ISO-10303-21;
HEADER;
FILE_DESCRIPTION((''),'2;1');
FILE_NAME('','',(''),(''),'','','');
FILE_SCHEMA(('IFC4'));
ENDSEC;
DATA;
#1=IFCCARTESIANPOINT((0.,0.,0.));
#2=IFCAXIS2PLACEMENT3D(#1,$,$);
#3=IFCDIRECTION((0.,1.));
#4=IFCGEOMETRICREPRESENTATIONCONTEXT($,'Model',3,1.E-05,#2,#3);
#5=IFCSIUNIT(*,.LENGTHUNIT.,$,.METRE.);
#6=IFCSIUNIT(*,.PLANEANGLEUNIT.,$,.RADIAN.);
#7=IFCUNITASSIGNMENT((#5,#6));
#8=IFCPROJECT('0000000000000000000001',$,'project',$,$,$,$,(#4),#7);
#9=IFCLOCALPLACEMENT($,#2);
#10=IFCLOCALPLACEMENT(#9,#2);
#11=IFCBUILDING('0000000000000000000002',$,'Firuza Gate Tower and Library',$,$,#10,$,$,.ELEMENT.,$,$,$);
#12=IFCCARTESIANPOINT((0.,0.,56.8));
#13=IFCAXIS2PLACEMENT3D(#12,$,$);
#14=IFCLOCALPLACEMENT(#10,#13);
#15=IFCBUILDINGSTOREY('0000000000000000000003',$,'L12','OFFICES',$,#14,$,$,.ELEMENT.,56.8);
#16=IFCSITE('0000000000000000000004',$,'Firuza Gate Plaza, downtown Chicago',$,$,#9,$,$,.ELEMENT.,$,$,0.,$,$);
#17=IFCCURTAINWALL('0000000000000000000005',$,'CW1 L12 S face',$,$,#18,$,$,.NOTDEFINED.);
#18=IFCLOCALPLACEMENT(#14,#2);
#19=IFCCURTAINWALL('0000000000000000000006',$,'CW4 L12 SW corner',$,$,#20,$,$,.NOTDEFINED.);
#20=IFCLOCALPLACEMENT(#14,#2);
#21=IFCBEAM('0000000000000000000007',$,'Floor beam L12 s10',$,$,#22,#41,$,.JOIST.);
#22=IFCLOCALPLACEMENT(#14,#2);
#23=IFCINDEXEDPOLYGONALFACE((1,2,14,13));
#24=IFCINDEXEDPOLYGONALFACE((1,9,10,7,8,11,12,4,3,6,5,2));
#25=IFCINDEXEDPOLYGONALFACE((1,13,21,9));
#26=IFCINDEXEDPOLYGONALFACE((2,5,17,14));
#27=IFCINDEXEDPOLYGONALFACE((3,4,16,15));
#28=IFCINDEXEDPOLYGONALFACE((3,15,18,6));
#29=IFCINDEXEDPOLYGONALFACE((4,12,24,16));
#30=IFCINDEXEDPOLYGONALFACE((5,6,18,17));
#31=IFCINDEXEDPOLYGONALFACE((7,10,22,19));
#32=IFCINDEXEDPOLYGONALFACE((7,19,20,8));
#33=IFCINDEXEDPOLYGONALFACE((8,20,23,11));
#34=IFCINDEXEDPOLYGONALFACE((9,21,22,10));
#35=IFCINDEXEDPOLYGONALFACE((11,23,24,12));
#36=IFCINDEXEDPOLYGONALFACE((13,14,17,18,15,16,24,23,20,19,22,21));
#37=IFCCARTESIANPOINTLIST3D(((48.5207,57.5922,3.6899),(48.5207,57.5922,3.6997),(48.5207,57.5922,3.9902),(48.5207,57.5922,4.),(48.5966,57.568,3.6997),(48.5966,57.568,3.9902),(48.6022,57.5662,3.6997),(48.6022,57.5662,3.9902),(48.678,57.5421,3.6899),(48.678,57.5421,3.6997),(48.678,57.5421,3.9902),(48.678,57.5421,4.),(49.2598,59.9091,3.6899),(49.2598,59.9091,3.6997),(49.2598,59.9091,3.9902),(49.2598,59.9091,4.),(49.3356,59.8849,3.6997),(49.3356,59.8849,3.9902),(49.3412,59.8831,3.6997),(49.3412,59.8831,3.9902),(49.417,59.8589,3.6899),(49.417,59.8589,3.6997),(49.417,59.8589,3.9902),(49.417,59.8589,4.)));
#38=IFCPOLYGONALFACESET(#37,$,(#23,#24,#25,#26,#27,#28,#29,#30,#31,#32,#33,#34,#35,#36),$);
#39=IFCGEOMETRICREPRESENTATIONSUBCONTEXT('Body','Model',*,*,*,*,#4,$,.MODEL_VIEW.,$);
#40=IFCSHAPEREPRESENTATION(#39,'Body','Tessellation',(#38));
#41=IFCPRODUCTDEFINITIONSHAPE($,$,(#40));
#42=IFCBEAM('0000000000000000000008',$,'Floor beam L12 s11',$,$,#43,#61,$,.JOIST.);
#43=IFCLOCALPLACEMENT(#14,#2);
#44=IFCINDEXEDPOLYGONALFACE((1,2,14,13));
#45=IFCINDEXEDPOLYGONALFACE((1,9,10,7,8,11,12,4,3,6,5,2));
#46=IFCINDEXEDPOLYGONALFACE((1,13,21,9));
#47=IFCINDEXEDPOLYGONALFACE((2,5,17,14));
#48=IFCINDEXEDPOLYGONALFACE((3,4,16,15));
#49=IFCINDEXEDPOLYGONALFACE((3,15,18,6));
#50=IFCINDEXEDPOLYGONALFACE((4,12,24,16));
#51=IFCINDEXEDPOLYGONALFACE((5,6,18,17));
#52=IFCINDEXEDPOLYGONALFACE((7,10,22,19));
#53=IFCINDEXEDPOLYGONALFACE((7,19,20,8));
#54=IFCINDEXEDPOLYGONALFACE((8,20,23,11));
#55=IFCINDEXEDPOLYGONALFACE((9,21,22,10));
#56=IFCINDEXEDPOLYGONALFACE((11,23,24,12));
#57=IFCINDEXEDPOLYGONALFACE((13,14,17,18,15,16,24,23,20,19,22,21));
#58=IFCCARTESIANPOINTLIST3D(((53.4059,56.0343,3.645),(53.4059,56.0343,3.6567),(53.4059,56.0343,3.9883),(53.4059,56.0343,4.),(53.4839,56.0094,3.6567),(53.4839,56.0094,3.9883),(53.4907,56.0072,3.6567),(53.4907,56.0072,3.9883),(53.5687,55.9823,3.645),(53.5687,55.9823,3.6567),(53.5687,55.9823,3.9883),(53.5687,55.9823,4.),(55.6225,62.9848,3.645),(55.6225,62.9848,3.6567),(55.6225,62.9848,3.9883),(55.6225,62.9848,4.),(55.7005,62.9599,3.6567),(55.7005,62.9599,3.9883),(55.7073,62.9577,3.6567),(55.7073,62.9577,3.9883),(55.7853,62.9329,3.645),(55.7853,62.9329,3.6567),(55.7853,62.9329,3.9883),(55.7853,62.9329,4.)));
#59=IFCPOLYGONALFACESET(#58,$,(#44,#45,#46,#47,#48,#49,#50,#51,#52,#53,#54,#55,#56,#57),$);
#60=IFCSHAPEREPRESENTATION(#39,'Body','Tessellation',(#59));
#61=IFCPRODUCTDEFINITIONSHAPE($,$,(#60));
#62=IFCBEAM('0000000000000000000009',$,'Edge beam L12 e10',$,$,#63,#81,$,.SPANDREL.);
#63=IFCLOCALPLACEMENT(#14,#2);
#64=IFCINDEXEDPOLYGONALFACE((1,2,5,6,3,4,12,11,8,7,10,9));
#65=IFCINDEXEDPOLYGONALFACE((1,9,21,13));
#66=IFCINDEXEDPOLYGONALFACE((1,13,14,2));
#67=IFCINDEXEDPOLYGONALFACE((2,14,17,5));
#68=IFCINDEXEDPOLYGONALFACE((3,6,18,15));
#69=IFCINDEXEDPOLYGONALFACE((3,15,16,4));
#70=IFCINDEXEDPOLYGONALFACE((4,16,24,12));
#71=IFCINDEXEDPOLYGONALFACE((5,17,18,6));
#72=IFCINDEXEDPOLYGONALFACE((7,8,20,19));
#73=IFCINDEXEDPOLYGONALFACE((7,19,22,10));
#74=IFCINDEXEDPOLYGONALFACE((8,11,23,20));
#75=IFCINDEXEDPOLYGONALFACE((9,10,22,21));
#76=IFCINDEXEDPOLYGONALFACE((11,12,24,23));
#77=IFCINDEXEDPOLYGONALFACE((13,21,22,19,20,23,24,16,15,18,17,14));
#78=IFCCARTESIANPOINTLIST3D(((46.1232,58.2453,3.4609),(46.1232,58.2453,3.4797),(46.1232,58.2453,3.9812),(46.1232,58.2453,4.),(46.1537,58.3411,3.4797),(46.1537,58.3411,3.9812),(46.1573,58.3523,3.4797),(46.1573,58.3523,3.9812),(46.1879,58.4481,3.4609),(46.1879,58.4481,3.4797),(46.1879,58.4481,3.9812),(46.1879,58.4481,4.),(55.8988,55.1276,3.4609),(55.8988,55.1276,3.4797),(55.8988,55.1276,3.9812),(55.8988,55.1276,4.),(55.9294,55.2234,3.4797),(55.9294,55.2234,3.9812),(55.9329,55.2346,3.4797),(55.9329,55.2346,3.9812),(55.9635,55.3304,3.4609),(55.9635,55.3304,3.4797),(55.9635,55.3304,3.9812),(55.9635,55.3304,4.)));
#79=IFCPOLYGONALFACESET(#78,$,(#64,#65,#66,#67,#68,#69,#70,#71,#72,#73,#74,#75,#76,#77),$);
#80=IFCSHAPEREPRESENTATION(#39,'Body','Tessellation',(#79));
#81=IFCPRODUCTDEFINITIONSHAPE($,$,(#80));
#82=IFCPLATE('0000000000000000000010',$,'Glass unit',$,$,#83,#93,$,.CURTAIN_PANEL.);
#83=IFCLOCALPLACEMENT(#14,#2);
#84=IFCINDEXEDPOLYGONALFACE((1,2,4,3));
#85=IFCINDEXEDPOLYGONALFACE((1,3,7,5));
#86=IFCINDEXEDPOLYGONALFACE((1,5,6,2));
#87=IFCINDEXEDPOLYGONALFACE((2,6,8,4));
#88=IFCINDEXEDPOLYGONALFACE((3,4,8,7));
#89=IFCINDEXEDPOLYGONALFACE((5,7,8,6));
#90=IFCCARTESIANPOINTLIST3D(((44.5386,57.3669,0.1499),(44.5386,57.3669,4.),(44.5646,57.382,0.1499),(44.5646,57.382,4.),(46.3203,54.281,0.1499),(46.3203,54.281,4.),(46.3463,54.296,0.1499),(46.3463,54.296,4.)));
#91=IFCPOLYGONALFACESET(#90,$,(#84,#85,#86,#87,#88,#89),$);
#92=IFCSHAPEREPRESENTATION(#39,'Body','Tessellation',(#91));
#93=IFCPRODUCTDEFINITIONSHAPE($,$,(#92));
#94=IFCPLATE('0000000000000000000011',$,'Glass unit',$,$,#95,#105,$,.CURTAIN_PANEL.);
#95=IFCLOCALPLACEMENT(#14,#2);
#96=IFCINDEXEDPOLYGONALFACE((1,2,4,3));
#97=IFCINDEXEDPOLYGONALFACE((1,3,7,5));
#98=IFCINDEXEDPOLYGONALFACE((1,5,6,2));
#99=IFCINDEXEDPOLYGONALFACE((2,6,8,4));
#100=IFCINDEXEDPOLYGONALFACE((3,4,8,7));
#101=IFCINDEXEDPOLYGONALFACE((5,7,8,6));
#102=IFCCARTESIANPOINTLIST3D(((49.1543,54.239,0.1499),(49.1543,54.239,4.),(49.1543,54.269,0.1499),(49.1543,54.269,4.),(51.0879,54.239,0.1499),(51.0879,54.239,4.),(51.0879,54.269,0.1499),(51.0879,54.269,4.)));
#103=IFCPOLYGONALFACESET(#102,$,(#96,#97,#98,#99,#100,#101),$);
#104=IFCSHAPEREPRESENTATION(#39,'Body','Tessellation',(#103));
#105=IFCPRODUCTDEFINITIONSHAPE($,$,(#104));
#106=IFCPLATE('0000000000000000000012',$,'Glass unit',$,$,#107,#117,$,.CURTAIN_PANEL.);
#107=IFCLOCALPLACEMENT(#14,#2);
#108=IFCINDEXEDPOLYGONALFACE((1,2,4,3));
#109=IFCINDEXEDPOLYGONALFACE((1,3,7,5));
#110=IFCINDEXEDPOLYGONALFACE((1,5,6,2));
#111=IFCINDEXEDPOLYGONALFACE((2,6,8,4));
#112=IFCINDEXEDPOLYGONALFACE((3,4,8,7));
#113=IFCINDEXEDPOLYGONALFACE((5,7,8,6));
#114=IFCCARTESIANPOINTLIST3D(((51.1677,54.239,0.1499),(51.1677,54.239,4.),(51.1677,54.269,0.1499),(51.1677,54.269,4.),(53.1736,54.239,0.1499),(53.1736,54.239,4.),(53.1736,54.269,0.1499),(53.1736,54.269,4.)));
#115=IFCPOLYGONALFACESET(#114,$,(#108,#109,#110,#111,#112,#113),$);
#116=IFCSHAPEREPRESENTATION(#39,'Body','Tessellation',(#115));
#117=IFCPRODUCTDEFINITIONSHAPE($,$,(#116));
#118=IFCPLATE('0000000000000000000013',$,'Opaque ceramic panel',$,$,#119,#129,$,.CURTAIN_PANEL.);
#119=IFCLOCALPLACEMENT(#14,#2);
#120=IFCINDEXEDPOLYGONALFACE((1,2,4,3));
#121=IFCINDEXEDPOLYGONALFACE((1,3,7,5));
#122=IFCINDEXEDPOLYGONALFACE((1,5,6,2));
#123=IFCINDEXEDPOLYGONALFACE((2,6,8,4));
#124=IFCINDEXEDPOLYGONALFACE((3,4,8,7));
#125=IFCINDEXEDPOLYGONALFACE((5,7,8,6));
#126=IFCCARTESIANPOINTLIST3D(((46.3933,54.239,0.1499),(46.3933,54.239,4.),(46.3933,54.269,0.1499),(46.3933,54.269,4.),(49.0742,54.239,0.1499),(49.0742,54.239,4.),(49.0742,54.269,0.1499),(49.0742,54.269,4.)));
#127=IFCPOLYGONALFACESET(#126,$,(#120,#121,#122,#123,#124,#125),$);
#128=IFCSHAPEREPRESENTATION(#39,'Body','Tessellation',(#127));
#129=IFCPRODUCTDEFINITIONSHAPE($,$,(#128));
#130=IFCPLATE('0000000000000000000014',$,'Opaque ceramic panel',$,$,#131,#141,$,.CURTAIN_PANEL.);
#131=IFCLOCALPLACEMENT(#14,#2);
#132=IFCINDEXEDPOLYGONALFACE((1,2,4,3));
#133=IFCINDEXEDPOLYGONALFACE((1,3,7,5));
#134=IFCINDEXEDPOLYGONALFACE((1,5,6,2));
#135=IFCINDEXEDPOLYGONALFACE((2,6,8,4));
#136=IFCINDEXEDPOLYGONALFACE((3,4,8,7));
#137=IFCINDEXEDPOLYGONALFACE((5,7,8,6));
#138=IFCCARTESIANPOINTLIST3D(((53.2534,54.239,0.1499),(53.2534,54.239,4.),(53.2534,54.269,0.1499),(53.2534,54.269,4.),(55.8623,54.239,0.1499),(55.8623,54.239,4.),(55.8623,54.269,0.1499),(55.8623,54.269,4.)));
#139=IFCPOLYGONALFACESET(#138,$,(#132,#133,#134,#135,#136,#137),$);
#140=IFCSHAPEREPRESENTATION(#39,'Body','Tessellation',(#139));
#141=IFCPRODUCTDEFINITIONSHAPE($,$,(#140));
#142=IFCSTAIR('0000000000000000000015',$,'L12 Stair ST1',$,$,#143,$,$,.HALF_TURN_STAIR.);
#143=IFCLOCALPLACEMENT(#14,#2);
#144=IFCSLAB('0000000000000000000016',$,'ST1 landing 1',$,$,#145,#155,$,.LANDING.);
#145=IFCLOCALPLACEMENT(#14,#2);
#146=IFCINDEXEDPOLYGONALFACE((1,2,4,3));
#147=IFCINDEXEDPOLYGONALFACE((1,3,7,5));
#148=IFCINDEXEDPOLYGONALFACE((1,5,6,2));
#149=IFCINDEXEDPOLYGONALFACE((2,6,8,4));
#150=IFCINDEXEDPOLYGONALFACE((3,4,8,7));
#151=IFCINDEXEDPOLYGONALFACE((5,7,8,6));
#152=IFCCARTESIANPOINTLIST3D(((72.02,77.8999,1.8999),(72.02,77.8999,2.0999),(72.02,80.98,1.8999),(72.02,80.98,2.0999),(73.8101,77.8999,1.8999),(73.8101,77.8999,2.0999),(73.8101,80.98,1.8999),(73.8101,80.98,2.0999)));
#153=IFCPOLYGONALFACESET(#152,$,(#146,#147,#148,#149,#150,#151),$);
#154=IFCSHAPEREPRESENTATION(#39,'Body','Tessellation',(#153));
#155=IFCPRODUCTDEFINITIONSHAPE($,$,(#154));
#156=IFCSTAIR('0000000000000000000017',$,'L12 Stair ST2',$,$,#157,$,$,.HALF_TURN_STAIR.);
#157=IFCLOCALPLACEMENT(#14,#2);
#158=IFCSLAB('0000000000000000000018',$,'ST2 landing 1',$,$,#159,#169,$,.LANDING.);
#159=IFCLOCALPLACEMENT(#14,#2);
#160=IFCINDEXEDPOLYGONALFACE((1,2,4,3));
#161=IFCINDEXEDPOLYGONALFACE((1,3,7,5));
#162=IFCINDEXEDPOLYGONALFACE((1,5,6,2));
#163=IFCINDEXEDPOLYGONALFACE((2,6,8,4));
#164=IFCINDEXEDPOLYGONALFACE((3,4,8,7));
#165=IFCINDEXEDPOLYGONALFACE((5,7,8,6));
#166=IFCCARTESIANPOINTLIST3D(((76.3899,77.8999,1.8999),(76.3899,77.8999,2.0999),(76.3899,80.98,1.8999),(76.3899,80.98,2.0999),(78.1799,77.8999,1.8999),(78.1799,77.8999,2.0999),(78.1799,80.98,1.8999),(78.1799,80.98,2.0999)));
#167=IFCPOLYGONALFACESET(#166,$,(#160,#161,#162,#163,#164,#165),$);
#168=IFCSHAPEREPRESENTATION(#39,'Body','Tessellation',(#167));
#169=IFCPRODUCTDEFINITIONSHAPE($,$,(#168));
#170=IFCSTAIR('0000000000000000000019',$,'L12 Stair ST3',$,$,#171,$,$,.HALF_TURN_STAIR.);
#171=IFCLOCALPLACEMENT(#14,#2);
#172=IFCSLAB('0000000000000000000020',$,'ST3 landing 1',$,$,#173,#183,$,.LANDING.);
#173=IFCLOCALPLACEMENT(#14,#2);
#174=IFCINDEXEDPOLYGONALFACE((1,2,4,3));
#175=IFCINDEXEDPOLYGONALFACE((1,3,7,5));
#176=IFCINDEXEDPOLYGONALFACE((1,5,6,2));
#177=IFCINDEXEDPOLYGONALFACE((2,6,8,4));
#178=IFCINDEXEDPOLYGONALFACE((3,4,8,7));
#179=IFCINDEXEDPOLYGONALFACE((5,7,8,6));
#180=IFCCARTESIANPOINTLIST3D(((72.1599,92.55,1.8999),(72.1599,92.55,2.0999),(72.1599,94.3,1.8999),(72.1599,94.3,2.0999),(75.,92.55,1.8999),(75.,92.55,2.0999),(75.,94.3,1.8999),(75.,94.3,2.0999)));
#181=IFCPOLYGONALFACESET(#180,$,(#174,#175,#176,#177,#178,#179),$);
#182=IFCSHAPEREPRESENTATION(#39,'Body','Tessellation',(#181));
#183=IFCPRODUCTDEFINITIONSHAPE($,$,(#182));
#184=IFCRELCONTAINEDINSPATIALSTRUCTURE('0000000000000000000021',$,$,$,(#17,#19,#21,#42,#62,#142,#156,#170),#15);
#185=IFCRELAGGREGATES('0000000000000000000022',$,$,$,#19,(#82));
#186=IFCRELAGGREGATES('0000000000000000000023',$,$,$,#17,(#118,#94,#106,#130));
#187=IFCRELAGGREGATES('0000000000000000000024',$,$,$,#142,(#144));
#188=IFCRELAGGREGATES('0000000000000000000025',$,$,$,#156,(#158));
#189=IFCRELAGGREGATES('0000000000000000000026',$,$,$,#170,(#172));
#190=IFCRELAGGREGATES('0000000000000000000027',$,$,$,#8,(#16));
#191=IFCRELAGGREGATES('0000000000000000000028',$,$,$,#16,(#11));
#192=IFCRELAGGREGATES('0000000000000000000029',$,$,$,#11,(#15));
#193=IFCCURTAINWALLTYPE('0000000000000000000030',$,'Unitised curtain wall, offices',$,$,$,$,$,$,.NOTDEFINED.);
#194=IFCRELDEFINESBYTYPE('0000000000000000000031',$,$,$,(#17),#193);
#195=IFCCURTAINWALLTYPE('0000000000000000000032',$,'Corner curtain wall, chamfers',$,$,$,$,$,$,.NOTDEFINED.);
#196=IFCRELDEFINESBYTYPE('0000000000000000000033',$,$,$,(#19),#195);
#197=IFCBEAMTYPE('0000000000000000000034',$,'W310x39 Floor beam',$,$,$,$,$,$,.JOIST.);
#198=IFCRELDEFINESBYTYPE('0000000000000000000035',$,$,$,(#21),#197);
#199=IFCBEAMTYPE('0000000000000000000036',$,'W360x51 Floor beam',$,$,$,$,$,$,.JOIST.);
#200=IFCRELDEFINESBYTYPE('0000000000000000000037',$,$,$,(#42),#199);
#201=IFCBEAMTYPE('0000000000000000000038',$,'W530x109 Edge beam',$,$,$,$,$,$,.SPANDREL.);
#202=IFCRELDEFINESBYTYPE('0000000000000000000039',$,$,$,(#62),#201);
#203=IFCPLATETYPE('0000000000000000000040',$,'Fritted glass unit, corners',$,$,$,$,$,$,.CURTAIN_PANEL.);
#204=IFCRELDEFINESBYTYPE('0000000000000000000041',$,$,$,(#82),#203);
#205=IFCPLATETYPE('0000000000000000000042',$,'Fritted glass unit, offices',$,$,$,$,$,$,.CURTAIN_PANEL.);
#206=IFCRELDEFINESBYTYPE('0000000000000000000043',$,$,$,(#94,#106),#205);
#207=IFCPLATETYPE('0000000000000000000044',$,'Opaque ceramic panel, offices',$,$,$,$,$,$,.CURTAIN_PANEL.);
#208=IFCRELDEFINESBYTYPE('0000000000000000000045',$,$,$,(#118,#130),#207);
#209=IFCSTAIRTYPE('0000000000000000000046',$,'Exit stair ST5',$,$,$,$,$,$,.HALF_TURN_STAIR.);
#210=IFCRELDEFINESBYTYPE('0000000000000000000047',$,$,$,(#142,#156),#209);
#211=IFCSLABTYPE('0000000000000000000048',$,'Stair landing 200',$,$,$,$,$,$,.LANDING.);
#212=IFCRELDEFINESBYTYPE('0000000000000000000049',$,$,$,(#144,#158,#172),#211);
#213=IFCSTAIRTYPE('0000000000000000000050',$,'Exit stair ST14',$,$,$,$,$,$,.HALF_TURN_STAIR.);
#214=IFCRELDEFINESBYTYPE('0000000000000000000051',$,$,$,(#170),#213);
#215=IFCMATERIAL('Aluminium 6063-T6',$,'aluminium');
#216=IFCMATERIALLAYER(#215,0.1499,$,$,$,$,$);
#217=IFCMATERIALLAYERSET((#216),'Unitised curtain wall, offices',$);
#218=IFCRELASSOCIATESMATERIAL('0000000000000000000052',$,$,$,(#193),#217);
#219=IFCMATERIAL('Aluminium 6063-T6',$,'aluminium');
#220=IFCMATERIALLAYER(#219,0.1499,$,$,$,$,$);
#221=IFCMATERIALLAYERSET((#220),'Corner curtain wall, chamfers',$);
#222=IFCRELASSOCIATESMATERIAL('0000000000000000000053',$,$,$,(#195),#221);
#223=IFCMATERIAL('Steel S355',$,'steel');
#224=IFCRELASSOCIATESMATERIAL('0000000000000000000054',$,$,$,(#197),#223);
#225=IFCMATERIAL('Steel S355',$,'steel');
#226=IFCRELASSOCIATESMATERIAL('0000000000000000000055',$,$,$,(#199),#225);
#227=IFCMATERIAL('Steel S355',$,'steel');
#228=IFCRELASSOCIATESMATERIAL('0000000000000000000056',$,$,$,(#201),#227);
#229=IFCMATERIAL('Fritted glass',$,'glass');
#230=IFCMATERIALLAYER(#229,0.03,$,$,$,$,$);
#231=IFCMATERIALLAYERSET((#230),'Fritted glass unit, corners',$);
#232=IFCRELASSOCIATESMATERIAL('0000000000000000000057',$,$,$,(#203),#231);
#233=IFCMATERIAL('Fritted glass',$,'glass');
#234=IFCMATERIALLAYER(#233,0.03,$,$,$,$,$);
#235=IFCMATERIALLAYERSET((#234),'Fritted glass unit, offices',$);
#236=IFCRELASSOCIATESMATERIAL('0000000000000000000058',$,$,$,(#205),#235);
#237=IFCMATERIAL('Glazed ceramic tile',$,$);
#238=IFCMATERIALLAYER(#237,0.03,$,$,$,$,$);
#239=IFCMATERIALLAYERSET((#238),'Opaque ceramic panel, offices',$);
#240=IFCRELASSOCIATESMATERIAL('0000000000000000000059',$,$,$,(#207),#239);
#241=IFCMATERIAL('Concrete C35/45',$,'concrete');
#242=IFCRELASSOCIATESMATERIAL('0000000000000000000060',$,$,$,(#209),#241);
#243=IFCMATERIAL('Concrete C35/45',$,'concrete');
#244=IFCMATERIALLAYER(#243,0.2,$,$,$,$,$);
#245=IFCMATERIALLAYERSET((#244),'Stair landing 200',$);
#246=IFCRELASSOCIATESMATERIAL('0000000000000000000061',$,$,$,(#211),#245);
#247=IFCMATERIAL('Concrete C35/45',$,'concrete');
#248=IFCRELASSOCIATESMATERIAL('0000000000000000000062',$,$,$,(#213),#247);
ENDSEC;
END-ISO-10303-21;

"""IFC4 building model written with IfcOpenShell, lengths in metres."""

from ifc_helpers import new_model, si_unit, direction, frame, origin, origin_2d, place, context, subcontext, project, spatial, polyline, i_section, outline, extrude, material, layer, layer_set, material_profile, profile_set, type_object, element, aggregate, save


model = new_model("IFC4")

# Units and contexts
model_context = context("Model", 3, precision=1e-05, world=origin(), true_north=direction((0.0, 1.0)))
body_context = subcontext(model_context, "Body", "Model", "MODEL_VIEW")
ifc_project = project(units=[si_unit("LENGTHUNIT", "METRE"), si_unit("PLANEANGLEUNIT", "RADIAN")], contexts=[model_context])

# Site, building, storey
site_placement = place(None, origin())
site = spatial("IfcSite", under=ifc_project, at=site_placement, Name="Firuza Gate Plaza, downtown Chicago", CompositionType="ELEMENT", RefElevation=0.0)
building_placement = place(site_placement, origin())
building = spatial("IfcBuilding", under=site, at=building_placement, Name="Firuza Gate Tower and Library", CompositionType="ELEMENT")
storey_placement = place(building_placement, frame((0.0, 0.0, 56.8)))
storey = spatial("IfcBuildingStorey", under=building, at=storey_placement, Name="L12", Description="OFFICES", CompositionType="ELEMENT", Elevation=56.8)

# Curtain walls
ifc_material_1 = material(Name="Aluminium 6063-T6", Category="aluminium")
ifc_layer_1 = layer(ifc_material_1, 0.1499)
ifc_layer_set_1 = layer_set([ifc_layer_1], Name="Unitised curtain wall, offices")
curtain_wall_type_1 = type_object("IfcCurtainWallType", Name="Unitised curtain wall, offices", PredefinedType="NOTDEFINED", material=ifc_layer_set_1)
placement_1 = place(storey_placement, origin())
curtain_wall_1 = element("IfcCurtainWall", 1, at=placement_1, inside=storey, type_object=curtain_wall_type_1, Name="CW1 L12 S face", PredefinedType="NOTDEFINED")
ifc_material_2 = material(Name="Aluminium 6063-T6", Category="aluminium")
ifc_layer_2 = layer(ifc_material_2, 0.1499)
ifc_layer_set_2 = layer_set([ifc_layer_2], Name="Corner curtain wall, chamfers")
curtain_wall_type_2 = type_object("IfcCurtainWallType", Name="Corner curtain wall, chamfers", PredefinedType="NOTDEFINED", material=ifc_layer_set_2)
curtain_wall_2 = element("IfcCurtainWall", 2, at=placement_1, inside=storey, type_object=curtain_wall_type_2, Name="CW4 L12 SW corner", PredefinedType="NOTDEFINED")

# Beams
ifc_material_3 = material(Name="Steel S355", Category="steel")
ifc_material_profile_1 = material_profile(ifc_material_3, i_section(OverallWidth=0.165, OverallDepth=0.3101, WebThickness=0.0059, FlangeThickness=0.0098, at=origin_2d()))
ifc_profile_set_1 = profile_set([ifc_material_profile_1], Name="Steel S355")
beam_type_1 = type_object("IfcBeamType", Name="W310x39 Floor beam", PredefinedType="JOIST", material=ifc_profile_set_1)
beam_1_placement = place(storey_placement, frame((48.5994, 57.5671, 3.845), z_axis=(0.303883, 0.952709, 0.0), x_axis=(-0.952709, 0.303883, 0.0)))
element("IfcBeam", 3, at=beam_1_placement, inside=storey, type_object=beam_type_1, Name="Floor beam L12 s10", PredefinedType="JOIST", context=body_context, shape_type="SweptSolid", body=[
    extrude(i_section(OverallWidth=0.165, OverallDepth=0.3101, WebThickness=0.0059, FlangeThickness=0.0098, at=origin_2d()), origin(), (0.0, 0.0, 1.0), 2.4319),
])
ifc_material_4 = material(Name="Steel S355", Category="steel")
ifc_material_profile_2 = material_profile(ifc_material_4, i_section(OverallWidth=0.1709, OverallDepth=0.355, WebThickness=0.0071, FlangeThickness=0.0117, at=origin_2d()))
ifc_profile_set_2 = profile_set([ifc_material_profile_2], Name="Steel S355")
beam_type_2 = type_object("IfcBeamType", Name="W360x51 Floor beam", PredefinedType="JOIST", material=ifc_profile_set_2)
beam_2_placement = place(storey_placement, frame((53.4873, 56.0083, 3.8225), z_axis=(0.303832, 0.952726, 0.0), x_axis=(-0.952726, 0.303832, 0.0)))
element("IfcBeam", 4, at=beam_2_placement, inside=storey, type_object=beam_type_2, Name="Floor beam L12 s11", PredefinedType="JOIST", context=body_context, shape_type="SweptSolid", body=[
    extrude(i_section(OverallWidth=0.1709, OverallDepth=0.355, WebThickness=0.0071, FlangeThickness=0.0117, at=origin_2d()), origin(), (0.0, 0.0, 1.0), 7.2954),
])
ifc_material_5 = material(Name="Steel S355", Category="steel")
ifc_material_profile_3 = material_profile(ifc_material_5, i_section(OverallWidth=0.2129, OverallDepth=0.5391, WebThickness=0.0117, FlangeThickness=0.0188, at=origin_2d()))
ifc_profile_set_3 = profile_set([ifc_material_profile_3], Name="Steel S355")
beam_type_3 = type_object("IfcBeamType", Name="W530x109 Edge beam", PredefinedType="SPANDREL", material=ifc_profile_set_3)
beam_3_placement = place(storey_placement, frame((46.1555, 58.3467, 3.7305), z_axis=(0.952722, -0.303845, 0.0), x_axis=(0.303845, 0.952722, 0.0)))
element("IfcBeam", 5, at=beam_3_placement, inside=storey, type_object=beam_type_3, Name="Edge beam L12 e10", PredefinedType="SPANDREL", context=body_context, shape_type="SweptSolid", body=[
    extrude(i_section(OverallWidth=0.2129, OverallDepth=0.5391, WebThickness=0.0117, FlangeThickness=0.0188, at=origin_2d()), origin(), (0.0, 0.0, 1.0), 10.2607),
])

# Plates
ifc_material_6 = material(Name="Fritted glass", Category="glass")
ifc_layer_3 = layer(ifc_material_6, 0.03)
ifc_layer_set_3 = layer_set([ifc_layer_3], Name="Fritted glass unit, corners")
plate_type_1 = type_object("IfcPlateType", Name="Fritted glass unit, corners", PredefinedType="CURTAIN_PANEL", material=ifc_layer_set_3)
plate_1_placement = place(storey_placement, frame((44.5386, 57.3669, 0.1499), z_axis=(-0.866017, -0.500015, 0.0), x_axis=(0.500015, -0.866017, 0.0)))
plate_1 = element("IfcPlate", 6, at=plate_1_placement, type_object=plate_type_1, Name="Glass unit", PredefinedType="CURTAIN_PANEL", context=body_context, shape_type="SweptSolid", body=[
    extrude(outline(polyline([(0.0, 0.0), (3.5634, 0.0), (3.5634, 3.8501), (0.0, 3.8501), (0.0, 0.0)])), origin(), (0.0, 0.0, -1.0), 0.03),
])
aggregate(curtain_wall_2, [plate_1])
ifc_material_7 = material(Name="Fritted glass", Category="glass")
ifc_layer_4 = layer(ifc_material_7, 0.03)
ifc_layer_set_4 = layer_set([ifc_layer_4], Name="Fritted glass unit, offices")
plate_type_2 = type_object("IfcPlateType", Name="Fritted glass unit, offices", PredefinedType="CURTAIN_PANEL", material=ifc_layer_set_4)
plate_2_placement = place(storey_placement, frame((49.1543, 54.239, 0.1499), z_axis=(0.0, -1.0, 0.0), x_axis=(1.0, 0.0, 0.0)))
plate_2 = element("IfcPlate", 7, at=plate_2_placement, type_object=plate_type_2, Name="Glass unit", PredefinedType="CURTAIN_PANEL", context=body_context, shape_type="SweptSolid", body=[
    extrude(outline(polyline([(0.0, 0.0), (1.9336, 0.0), (1.9336, 3.8501), (0.0, 3.8501), (0.0, 0.0)])), origin(), (0.0, 0.0, -1.0), 0.03),
])
plate_3_placement = place(storey_placement, frame((51.1677, 54.239, 0.1499), z_axis=(0.0, -1.0, 0.0), x_axis=(1.0, 0.0, 0.0)))
plate_3 = element("IfcPlate", 8, at=plate_3_placement, type_object=plate_type_2, Name="Glass unit", PredefinedType="CURTAIN_PANEL", context=body_context, shape_type="SweptSolid", body=[
    extrude(outline(polyline([(0.0, 0.0), (2.0059, 0.0), (2.0059, 3.8501), (0.0, 3.8501), (0.0, 0.0)])), origin(), (0.0, 0.0, -1.0), 0.03),
])
ifc_material_8 = material(Name="Glazed ceramic tile")
ifc_layer_5 = layer(ifc_material_8, 0.03)
ifc_layer_set_5 = layer_set([ifc_layer_5], Name="Opaque ceramic panel, offices")
plate_type_3 = type_object("IfcPlateType", Name="Opaque ceramic panel, offices", PredefinedType="CURTAIN_PANEL", material=ifc_layer_set_5)
plate_4_placement = place(storey_placement, frame((46.3933, 54.239, 0.1499), z_axis=(0.0, -1.0, 0.0), x_axis=(1.0, 0.0, 0.0)))
plate_4 = element("IfcPlate", 9, at=plate_4_placement, type_object=plate_type_3, Name="Opaque ceramic panel", PredefinedType="CURTAIN_PANEL", context=body_context, shape_type="SweptSolid", body=[
    extrude(outline(polyline([(0.0, 0.0), (2.6809, 0.0), (2.6809, 3.8501), (0.0, 3.8501), (0.0, 0.0)])), origin(), (0.0, 0.0, -1.0), 0.03),
])
plate_5_placement = place(storey_placement, frame((53.2534, 54.239, 0.1499), z_axis=(0.0, -1.0, 0.0), x_axis=(1.0, 0.0, 0.0)))
plate_5 = element("IfcPlate", 10, at=plate_5_placement, type_object=plate_type_3, Name="Opaque ceramic panel", PredefinedType="CURTAIN_PANEL", context=body_context, shape_type="SweptSolid", body=[
    extrude(outline(polyline([(0.0, 0.0), (2.6089, 0.0), (2.6089, 3.8501), (0.0, 3.8501), (0.0, 0.0)])), origin(), (0.0, 0.0, -1.0), 0.03),
])
aggregate(curtain_wall_1, [plate_4, plate_2, plate_3, plate_5])

# Stairs, slabs
ifc_material_9 = material(Name="Concrete C35/45", Category="concrete")
stair_type_1 = type_object("IfcStairType", Name="Exit stair ST5", PredefinedType="HALF_TURN_STAIR", material=ifc_material_9)
stair_1 = element("IfcStair", 11, at=placement_1, inside=storey, type_object=stair_type_1, Name="L12 Stair ST1", PredefinedType="HALF_TURN_STAIR")
ifc_material_10 = material(Name="Concrete C35/45", Category="concrete")
ifc_layer_6 = layer(ifc_material_10, 0.2)
ifc_layer_set_6 = layer_set([ifc_layer_6], Name="Stair landing 200")
slab_type_1 = type_object("IfcSlabType", Name="Stair landing 200", PredefinedType="LANDING", material=ifc_layer_set_6)
placement_2 = place(storey_placement, frame((0.0, 0.0, 1.8999)))
slab_1 = element("IfcSlab", 12, at=placement_2, type_object=slab_type_1, Name="ST1 landing 1", PredefinedType="LANDING", context=body_context, shape_type="SweptSolid", body=[
    extrude(outline(polyline([(72.02, 77.8999), (73.8101, 77.8999), (73.8101, 80.98), (72.02, 80.98), (72.02, 77.8999)])), origin(), (0.0, 0.0, 1.0), 0.2),
])
aggregate(stair_1, [slab_1])
stair_2 = element("IfcStair", 13, at=placement_1, inside=storey, type_object=stair_type_1, Name="L12 Stair ST2", PredefinedType="HALF_TURN_STAIR")
slab_2 = element("IfcSlab", 14, at=placement_2, type_object=slab_type_1, Name="ST2 landing 1", PredefinedType="LANDING", context=body_context, shape_type="SweptSolid", body=[
    extrude(outline(polyline([(78.1799, 80.98), (76.3899, 80.98), (76.3899, 77.8999), (78.1799, 77.8999), (78.1799, 80.98)])), origin(), (0.0, 0.0, 1.0), 0.2),
])
aggregate(stair_2, [slab_2])
ifc_material_11 = material(Name="Concrete C35/45", Category="concrete")
stair_type_2 = type_object("IfcStairType", Name="Exit stair ST14", PredefinedType="HALF_TURN_STAIR", material=ifc_material_11)
stair_3 = element("IfcStair", 15, at=placement_1, inside=storey, type_object=stair_type_2, Name="L12 Stair ST3", PredefinedType="HALF_TURN_STAIR")
slab_3 = element("IfcSlab", 16, at=placement_2, type_object=slab_type_1, Name="ST3 landing 1", PredefinedType="LANDING", context=body_context, shape_type="SweptSolid", body=[
    extrude(outline(polyline([(75.0, 92.55), (75.0, 94.3), (72.1599, 94.3), (72.1599, 92.55), (75.0, 92.55)])), origin(), (0.0, 0.0, 1.0), 0.2),
])
aggregate(stair_3, [slab_3])

save(model, "model.ifc")
